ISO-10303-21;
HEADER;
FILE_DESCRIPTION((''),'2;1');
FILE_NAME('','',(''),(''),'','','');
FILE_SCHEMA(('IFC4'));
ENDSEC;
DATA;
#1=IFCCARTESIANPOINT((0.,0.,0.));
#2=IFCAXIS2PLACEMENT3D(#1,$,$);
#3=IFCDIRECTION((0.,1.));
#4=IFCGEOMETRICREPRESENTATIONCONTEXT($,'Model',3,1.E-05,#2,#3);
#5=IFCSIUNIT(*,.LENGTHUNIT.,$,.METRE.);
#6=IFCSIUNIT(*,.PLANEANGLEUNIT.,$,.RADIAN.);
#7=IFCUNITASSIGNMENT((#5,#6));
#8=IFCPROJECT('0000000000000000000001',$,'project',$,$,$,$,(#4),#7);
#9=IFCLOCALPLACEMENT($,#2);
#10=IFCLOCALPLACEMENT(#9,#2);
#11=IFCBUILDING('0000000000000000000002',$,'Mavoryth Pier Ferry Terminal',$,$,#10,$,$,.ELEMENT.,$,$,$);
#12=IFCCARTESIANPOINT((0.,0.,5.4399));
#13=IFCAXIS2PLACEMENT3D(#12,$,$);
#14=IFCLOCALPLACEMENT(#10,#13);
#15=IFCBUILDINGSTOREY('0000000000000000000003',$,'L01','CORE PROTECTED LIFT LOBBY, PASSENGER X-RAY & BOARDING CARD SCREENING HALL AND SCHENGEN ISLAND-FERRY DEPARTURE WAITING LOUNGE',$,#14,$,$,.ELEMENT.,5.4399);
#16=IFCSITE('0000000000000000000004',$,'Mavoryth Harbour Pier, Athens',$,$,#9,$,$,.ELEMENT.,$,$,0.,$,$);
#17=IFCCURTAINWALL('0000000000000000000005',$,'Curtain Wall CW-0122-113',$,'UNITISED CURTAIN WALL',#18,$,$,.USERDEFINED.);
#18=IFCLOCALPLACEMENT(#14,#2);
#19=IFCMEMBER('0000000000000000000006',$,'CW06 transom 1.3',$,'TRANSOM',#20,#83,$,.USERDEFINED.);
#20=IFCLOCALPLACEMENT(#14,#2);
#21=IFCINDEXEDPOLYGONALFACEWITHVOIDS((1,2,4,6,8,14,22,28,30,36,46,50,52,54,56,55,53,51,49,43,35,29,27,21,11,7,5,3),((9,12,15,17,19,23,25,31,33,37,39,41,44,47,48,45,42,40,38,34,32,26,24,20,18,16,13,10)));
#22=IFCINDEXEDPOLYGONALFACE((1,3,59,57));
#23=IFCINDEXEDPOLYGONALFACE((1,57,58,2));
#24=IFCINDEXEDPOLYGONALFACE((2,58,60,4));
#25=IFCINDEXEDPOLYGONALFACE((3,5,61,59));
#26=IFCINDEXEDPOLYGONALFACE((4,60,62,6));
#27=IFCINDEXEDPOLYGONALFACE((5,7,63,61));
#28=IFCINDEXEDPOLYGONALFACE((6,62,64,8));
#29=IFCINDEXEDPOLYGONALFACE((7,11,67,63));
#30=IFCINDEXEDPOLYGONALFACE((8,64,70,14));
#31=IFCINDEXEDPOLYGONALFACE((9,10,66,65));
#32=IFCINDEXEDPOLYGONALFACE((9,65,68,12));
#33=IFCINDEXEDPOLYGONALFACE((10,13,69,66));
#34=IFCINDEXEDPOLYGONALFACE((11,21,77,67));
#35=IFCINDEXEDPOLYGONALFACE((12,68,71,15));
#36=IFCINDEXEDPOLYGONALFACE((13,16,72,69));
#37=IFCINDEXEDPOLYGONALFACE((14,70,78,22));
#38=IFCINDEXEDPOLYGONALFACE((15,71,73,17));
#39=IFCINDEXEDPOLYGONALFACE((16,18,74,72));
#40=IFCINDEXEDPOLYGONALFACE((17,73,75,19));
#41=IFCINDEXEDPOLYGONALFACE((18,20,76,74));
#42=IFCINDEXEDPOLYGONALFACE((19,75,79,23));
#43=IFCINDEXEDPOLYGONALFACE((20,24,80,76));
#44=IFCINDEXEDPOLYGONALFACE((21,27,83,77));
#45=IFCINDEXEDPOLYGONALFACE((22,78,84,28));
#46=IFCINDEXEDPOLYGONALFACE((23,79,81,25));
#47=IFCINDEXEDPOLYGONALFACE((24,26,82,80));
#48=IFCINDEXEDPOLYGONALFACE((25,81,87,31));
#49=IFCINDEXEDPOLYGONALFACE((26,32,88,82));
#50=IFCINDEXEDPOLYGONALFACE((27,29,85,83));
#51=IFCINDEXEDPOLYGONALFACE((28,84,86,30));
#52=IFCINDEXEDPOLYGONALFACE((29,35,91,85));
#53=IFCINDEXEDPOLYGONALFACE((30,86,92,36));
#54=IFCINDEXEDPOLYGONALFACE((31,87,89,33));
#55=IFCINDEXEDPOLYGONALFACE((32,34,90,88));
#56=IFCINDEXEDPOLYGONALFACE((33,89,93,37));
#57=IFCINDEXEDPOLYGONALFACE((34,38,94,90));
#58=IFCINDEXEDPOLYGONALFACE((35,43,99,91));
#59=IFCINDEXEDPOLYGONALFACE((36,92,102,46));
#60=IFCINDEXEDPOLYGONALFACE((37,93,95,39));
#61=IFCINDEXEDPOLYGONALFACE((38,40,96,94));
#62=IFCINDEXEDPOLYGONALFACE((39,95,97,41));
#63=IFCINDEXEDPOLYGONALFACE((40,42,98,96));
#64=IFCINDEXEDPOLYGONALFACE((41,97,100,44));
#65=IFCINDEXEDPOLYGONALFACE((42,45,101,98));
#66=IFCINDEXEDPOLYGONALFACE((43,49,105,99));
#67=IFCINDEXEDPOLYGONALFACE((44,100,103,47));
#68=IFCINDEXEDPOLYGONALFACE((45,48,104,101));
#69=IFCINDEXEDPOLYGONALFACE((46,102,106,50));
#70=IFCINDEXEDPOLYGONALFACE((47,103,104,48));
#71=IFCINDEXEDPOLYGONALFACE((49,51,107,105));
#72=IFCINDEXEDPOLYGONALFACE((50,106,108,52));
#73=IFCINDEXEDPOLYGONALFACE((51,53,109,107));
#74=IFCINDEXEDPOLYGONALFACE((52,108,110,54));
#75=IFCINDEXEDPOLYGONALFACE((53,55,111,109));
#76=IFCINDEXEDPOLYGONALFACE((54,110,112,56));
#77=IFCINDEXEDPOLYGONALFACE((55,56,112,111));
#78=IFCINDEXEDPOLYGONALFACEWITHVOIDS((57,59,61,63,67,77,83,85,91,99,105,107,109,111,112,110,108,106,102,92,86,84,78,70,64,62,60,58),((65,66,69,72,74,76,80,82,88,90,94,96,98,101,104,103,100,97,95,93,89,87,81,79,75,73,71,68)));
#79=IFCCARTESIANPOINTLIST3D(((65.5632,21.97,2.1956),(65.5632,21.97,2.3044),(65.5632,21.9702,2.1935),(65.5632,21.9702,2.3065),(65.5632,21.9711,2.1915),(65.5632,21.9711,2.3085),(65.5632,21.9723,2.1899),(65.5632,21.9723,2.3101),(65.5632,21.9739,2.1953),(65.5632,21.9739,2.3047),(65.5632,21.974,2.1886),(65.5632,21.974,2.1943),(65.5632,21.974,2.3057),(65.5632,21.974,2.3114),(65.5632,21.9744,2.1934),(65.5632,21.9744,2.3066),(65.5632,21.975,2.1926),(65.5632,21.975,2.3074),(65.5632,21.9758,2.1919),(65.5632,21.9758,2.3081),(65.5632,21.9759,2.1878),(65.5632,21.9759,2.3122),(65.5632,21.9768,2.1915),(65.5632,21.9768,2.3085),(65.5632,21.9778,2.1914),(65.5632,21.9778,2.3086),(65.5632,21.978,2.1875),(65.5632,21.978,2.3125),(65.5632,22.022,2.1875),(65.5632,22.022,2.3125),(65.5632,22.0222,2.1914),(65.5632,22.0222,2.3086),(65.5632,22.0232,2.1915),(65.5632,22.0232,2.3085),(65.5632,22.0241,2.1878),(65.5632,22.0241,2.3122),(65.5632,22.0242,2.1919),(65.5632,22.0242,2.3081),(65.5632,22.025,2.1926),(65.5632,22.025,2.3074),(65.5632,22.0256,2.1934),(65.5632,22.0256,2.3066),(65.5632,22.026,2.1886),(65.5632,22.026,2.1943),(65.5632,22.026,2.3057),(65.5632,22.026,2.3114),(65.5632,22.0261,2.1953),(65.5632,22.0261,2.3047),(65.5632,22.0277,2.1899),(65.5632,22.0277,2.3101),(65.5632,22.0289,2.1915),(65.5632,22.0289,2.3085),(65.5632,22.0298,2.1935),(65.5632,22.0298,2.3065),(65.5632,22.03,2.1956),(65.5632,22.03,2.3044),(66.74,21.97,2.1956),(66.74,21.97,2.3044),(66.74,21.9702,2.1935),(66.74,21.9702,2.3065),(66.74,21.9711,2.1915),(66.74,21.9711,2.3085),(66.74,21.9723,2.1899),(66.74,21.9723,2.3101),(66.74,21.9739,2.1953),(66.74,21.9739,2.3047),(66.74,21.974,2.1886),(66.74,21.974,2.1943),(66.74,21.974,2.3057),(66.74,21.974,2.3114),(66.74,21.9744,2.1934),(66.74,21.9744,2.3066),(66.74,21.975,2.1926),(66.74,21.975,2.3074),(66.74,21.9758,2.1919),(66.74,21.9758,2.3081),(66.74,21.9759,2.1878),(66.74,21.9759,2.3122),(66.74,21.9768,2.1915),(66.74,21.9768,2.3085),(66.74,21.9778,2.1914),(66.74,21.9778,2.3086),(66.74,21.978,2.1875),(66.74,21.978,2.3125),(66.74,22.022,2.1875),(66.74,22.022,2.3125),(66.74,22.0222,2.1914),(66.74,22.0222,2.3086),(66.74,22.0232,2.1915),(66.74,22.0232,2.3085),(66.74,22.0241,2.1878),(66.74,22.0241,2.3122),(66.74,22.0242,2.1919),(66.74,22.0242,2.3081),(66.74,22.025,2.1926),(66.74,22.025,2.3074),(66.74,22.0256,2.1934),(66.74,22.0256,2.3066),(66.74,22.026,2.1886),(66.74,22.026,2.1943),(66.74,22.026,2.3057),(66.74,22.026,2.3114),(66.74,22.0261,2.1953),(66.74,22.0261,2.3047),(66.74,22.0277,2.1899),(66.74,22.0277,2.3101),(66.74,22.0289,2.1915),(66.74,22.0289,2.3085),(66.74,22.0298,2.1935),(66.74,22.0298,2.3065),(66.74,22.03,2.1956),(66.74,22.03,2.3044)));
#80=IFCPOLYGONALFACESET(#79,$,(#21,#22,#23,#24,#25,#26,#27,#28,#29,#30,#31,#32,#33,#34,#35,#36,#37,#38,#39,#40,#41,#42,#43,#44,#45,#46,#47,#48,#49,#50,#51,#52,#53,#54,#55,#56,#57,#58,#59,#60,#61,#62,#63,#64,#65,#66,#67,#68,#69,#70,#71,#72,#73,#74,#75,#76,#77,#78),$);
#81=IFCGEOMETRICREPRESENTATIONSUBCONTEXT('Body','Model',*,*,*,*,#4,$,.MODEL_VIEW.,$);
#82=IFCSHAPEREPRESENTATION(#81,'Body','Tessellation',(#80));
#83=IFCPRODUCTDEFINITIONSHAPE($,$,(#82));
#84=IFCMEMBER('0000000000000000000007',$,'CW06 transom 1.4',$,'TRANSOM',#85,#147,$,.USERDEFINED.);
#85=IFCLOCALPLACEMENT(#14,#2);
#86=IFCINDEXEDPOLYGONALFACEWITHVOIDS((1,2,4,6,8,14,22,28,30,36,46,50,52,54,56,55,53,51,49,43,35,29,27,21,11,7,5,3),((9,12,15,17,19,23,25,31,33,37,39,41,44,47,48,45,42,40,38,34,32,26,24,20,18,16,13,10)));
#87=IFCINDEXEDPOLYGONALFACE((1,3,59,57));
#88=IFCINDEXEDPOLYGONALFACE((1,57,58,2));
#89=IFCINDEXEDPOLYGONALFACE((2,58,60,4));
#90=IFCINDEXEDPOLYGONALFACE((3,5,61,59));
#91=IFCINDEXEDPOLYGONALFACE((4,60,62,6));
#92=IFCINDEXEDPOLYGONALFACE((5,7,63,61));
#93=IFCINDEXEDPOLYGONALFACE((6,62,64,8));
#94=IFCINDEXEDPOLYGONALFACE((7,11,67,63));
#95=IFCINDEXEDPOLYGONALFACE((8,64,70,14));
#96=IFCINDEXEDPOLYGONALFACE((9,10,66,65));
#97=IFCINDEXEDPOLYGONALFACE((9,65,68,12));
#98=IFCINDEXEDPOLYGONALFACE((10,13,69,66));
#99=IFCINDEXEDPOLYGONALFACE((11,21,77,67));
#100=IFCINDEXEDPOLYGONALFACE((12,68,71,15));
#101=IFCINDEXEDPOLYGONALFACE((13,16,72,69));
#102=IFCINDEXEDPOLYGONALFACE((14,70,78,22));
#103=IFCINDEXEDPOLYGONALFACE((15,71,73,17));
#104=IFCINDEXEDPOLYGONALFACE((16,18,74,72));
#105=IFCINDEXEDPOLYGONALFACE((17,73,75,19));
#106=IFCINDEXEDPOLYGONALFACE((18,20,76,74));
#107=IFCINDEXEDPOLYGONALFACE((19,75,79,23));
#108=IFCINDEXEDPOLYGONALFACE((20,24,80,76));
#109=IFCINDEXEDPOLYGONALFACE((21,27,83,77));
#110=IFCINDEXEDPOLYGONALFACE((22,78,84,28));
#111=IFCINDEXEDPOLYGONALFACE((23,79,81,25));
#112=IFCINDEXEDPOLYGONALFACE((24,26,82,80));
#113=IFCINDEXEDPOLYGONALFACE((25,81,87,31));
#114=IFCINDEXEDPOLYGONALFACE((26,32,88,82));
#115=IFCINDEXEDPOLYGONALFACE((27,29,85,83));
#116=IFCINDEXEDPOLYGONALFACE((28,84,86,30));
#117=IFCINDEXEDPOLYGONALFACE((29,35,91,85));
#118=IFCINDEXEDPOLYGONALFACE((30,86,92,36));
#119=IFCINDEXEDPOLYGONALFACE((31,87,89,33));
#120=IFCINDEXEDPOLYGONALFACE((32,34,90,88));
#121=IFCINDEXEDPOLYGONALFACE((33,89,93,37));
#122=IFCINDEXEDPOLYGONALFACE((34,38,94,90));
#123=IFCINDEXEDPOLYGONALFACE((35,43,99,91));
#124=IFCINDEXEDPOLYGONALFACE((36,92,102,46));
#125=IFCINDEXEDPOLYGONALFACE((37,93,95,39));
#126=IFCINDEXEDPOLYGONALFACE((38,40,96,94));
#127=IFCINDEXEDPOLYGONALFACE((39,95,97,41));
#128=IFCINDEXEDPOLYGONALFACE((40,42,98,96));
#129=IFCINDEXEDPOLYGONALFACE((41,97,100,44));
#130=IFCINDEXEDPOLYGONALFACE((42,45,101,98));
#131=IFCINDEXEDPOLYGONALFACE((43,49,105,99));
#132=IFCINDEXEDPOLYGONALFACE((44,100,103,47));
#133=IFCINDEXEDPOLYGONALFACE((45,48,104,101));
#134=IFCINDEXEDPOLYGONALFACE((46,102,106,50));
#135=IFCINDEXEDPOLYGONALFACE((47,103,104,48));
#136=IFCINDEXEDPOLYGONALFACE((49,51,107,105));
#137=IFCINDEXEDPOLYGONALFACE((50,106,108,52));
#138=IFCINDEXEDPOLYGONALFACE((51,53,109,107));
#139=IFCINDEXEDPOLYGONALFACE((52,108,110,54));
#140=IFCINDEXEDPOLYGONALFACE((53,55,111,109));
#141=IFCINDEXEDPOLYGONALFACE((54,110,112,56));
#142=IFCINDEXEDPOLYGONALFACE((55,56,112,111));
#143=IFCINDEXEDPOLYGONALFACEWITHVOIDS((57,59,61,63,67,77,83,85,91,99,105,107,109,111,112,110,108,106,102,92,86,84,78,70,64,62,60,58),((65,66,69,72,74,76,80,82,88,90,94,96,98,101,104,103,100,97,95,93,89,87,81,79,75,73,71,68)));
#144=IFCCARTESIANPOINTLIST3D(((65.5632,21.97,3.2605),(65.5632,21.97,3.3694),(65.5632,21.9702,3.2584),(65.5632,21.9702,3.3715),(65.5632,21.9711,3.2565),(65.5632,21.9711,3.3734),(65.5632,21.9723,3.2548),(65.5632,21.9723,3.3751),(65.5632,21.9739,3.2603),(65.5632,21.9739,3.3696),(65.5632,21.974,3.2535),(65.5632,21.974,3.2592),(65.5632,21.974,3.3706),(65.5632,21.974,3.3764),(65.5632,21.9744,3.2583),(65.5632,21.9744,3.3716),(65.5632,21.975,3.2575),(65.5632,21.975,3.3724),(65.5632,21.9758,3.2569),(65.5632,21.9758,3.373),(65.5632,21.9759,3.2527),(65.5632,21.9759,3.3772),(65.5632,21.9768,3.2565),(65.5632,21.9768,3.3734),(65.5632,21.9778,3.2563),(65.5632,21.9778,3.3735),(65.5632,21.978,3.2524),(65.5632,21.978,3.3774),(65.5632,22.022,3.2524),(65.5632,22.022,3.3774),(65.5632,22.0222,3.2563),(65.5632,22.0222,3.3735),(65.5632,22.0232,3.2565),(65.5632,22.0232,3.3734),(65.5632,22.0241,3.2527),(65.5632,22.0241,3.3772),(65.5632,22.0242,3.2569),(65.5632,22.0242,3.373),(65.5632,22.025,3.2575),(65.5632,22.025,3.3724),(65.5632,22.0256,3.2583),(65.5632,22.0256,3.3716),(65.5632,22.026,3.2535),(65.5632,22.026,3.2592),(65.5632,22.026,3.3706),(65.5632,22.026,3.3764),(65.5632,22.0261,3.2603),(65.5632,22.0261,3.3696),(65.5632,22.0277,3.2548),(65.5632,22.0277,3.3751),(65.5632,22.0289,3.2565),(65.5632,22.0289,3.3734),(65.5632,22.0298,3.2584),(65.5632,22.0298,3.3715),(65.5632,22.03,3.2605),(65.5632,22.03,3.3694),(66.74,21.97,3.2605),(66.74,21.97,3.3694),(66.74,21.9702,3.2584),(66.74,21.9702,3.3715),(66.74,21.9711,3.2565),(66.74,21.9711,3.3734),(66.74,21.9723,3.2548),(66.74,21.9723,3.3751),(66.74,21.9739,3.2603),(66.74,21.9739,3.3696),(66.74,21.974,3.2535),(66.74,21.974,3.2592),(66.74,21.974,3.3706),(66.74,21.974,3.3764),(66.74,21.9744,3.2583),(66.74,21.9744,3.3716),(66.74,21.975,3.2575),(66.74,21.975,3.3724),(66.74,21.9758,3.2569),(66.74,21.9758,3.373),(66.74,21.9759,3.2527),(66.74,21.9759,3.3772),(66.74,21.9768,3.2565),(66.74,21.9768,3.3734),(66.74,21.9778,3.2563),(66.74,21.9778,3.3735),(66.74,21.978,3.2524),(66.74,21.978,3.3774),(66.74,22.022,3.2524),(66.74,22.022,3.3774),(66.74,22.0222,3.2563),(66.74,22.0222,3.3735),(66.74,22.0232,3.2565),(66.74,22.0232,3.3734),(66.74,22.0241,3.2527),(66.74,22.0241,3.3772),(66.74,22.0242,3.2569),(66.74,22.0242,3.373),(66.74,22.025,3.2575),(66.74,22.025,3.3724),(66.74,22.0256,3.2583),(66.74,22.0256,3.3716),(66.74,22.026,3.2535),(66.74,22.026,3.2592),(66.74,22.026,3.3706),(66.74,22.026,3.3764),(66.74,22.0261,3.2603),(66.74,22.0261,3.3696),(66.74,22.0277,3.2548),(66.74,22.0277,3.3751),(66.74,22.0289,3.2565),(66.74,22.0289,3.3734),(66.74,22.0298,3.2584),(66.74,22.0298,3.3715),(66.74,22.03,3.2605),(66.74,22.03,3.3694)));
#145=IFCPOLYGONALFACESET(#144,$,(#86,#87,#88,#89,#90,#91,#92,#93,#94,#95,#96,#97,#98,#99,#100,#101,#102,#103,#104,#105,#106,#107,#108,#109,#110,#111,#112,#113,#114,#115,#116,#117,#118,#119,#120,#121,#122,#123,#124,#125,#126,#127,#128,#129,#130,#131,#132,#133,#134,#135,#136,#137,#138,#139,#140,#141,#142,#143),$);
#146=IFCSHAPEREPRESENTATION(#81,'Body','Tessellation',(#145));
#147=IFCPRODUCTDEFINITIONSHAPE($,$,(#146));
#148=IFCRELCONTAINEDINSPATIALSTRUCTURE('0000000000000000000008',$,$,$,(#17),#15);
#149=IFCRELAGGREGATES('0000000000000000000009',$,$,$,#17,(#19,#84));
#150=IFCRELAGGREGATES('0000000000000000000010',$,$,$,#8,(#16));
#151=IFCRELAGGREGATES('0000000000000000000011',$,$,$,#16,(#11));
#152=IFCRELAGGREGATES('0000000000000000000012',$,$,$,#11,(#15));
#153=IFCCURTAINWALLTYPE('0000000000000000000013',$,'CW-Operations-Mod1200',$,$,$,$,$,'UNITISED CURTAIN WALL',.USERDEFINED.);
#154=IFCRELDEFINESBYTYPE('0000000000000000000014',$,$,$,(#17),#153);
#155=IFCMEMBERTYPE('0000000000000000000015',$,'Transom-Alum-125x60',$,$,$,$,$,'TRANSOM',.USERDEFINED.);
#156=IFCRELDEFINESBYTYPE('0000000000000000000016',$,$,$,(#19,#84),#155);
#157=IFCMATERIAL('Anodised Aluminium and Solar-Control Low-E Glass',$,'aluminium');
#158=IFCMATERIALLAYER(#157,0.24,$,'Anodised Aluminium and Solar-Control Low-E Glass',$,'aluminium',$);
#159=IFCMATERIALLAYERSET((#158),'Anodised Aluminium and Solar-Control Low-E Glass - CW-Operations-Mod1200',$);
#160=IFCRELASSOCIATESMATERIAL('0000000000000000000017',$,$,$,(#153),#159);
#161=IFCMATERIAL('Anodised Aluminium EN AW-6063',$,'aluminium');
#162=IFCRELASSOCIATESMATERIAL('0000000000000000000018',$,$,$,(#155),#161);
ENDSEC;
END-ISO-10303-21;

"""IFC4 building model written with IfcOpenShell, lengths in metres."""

from ifc_helpers import new_model, si_unit, direction, frame, origin, origin_2d, place, context, subcontext, project, spatial, hollow_rectangle, extrude, material, layer, layer_set, material_profile, profile_set, type_object, element, aggregate, save


model = new_model("IFC4")

# Units and contexts
model_context = context("Model", 3, precision=1e-05, world=origin(), true_north=direction((0.0, 1.0)))
body_context = subcontext(model_context, "Body", "Model", "MODEL_VIEW")
ifc_project = project(units=[si_unit("LENGTHUNIT", "METRE"), si_unit("PLANEANGLEUNIT", "RADIAN")], contexts=[model_context])

# Site, building, storey
site_placement = place(None, origin())
site = spatial("IfcSite", under=ifc_project, at=site_placement, Name="Mavoryth Harbour Pier, Athens", CompositionType="ELEMENT", RefElevation=0.0)
building_placement = place(site_placement, origin())
building = spatial("IfcBuilding", under=site, at=building_placement, Name="Mavoryth Pier Ferry Terminal", CompositionType="ELEMENT")
storey_placement = place(building_placement, frame((0.0, 0.0, 5.4399)))
storey = spatial("IfcBuildingStorey", under=building, at=storey_placement, Name="L01", Description="CORE PROTECTED LIFT LOBBY, PASSENGER X-RAY & BOARDING CARD SCREENING HALL AND SCHENGEN ISLAND-FERRY DEPARTURE WAITING LOUNGE", CompositionType="ELEMENT", Elevation=5.4399)

# Curtain wall
ifc_material_1 = material(Name="Anodised Aluminium and Solar-Control Low-E Glass", Category="aluminium")
ifc_layer_1 = layer(ifc_material_1, 0.24, Name="Anodised Aluminium and Solar-Control Low-E Glass", Category="aluminium")
ifc_layer_set_1 = layer_set([ifc_layer_1], Name="Anodised Aluminium and Solar-Control Low-E Glass - CW-Operations-Mod1200")
curtain_wall_type = type_object("IfcCurtainWallType", Name="CW-Operations-Mod1200", ElementType="UNITISED CURTAIN WALL", PredefinedType="USERDEFINED", material=ifc_layer_set_1)
curtain_wall_1_placement = place(storey_placement, origin())
curtain_wall_1 = element("IfcCurtainWall", 1, at=curtain_wall_1_placement, inside=storey, type_object=curtain_wall_type, Name="Curtain Wall CW-0122-113", ObjectType="UNITISED CURTAIN WALL", PredefinedType="USERDEFINED")
ifc_material_2 = material(Name="Anodised Aluminium EN AW-6063", Category="aluminium")

# Members
ifc_material_profile_1 = material_profile(ifc_material_2, hollow_rectangle(XDim=0.0601, YDim=0.125, WallThickness=0.0039, InnerFilletRadius=0.0039, OuterFilletRadius=0.0081, at=origin_2d()), Name="AL-TRAN 125x60x4", Category="aluminium")
ifc_profile_set_1 = profile_set([ifc_material_profile_1], Name="Anodised Aluminium EN AW-6063 - AL-TRAN 125x60x4")
member_type_1 = type_object("IfcMemberType", Name="Transom-Alum-125x60", ElementType="TRANSOM", PredefinedType="USERDEFINED", material=ifc_profile_set_1)
member_1_placement = place(storey_placement, frame((66.74, 22.0, 2.25), z_axis=(-1.0, 0.0, 0.0), x_axis=(0.0, -1.0, 0.0)))
member_1 = element("IfcMember", 2, at=member_1_placement, type_object=member_type_1, Name="CW06 transom 1.3", ObjectType="TRANSOM", PredefinedType="USERDEFINED", context=body_context, shape_type="SweptSolid", body=[
    extrude(hollow_rectangle(XDim=0.0601, YDim=0.125, WallThickness=0.0039, InnerFilletRadius=0.0039, OuterFilletRadius=0.0081, at=origin_2d()), origin(), (0.0, 0.0, 1.0), 1.1768),
])
member_2_placement = place(storey_placement, frame((66.74, 22.0, 3.3149), z_axis=(-1.0, 0.0, 0.0), x_axis=(0.0, -1.0, 0.0)))
member_2 = element("IfcMember", 3, at=member_2_placement, type_object=member_type_1, Name="CW06 transom 1.4", ObjectType="TRANSOM", PredefinedType="USERDEFINED", context=body_context, shape_type="SweptSolid", body=[
    extrude(hollow_rectangle(XDim=0.0601, YDim=0.125, WallThickness=0.0039, InnerFilletRadius=0.0039, OuterFilletRadius=0.0081, at=origin_2d()), origin(), (0.0, 0.0, 1.0), 1.1768),
])

aggregate(curtain_wall_1, [member_1, member_2])

save(model, "model.ifc")
